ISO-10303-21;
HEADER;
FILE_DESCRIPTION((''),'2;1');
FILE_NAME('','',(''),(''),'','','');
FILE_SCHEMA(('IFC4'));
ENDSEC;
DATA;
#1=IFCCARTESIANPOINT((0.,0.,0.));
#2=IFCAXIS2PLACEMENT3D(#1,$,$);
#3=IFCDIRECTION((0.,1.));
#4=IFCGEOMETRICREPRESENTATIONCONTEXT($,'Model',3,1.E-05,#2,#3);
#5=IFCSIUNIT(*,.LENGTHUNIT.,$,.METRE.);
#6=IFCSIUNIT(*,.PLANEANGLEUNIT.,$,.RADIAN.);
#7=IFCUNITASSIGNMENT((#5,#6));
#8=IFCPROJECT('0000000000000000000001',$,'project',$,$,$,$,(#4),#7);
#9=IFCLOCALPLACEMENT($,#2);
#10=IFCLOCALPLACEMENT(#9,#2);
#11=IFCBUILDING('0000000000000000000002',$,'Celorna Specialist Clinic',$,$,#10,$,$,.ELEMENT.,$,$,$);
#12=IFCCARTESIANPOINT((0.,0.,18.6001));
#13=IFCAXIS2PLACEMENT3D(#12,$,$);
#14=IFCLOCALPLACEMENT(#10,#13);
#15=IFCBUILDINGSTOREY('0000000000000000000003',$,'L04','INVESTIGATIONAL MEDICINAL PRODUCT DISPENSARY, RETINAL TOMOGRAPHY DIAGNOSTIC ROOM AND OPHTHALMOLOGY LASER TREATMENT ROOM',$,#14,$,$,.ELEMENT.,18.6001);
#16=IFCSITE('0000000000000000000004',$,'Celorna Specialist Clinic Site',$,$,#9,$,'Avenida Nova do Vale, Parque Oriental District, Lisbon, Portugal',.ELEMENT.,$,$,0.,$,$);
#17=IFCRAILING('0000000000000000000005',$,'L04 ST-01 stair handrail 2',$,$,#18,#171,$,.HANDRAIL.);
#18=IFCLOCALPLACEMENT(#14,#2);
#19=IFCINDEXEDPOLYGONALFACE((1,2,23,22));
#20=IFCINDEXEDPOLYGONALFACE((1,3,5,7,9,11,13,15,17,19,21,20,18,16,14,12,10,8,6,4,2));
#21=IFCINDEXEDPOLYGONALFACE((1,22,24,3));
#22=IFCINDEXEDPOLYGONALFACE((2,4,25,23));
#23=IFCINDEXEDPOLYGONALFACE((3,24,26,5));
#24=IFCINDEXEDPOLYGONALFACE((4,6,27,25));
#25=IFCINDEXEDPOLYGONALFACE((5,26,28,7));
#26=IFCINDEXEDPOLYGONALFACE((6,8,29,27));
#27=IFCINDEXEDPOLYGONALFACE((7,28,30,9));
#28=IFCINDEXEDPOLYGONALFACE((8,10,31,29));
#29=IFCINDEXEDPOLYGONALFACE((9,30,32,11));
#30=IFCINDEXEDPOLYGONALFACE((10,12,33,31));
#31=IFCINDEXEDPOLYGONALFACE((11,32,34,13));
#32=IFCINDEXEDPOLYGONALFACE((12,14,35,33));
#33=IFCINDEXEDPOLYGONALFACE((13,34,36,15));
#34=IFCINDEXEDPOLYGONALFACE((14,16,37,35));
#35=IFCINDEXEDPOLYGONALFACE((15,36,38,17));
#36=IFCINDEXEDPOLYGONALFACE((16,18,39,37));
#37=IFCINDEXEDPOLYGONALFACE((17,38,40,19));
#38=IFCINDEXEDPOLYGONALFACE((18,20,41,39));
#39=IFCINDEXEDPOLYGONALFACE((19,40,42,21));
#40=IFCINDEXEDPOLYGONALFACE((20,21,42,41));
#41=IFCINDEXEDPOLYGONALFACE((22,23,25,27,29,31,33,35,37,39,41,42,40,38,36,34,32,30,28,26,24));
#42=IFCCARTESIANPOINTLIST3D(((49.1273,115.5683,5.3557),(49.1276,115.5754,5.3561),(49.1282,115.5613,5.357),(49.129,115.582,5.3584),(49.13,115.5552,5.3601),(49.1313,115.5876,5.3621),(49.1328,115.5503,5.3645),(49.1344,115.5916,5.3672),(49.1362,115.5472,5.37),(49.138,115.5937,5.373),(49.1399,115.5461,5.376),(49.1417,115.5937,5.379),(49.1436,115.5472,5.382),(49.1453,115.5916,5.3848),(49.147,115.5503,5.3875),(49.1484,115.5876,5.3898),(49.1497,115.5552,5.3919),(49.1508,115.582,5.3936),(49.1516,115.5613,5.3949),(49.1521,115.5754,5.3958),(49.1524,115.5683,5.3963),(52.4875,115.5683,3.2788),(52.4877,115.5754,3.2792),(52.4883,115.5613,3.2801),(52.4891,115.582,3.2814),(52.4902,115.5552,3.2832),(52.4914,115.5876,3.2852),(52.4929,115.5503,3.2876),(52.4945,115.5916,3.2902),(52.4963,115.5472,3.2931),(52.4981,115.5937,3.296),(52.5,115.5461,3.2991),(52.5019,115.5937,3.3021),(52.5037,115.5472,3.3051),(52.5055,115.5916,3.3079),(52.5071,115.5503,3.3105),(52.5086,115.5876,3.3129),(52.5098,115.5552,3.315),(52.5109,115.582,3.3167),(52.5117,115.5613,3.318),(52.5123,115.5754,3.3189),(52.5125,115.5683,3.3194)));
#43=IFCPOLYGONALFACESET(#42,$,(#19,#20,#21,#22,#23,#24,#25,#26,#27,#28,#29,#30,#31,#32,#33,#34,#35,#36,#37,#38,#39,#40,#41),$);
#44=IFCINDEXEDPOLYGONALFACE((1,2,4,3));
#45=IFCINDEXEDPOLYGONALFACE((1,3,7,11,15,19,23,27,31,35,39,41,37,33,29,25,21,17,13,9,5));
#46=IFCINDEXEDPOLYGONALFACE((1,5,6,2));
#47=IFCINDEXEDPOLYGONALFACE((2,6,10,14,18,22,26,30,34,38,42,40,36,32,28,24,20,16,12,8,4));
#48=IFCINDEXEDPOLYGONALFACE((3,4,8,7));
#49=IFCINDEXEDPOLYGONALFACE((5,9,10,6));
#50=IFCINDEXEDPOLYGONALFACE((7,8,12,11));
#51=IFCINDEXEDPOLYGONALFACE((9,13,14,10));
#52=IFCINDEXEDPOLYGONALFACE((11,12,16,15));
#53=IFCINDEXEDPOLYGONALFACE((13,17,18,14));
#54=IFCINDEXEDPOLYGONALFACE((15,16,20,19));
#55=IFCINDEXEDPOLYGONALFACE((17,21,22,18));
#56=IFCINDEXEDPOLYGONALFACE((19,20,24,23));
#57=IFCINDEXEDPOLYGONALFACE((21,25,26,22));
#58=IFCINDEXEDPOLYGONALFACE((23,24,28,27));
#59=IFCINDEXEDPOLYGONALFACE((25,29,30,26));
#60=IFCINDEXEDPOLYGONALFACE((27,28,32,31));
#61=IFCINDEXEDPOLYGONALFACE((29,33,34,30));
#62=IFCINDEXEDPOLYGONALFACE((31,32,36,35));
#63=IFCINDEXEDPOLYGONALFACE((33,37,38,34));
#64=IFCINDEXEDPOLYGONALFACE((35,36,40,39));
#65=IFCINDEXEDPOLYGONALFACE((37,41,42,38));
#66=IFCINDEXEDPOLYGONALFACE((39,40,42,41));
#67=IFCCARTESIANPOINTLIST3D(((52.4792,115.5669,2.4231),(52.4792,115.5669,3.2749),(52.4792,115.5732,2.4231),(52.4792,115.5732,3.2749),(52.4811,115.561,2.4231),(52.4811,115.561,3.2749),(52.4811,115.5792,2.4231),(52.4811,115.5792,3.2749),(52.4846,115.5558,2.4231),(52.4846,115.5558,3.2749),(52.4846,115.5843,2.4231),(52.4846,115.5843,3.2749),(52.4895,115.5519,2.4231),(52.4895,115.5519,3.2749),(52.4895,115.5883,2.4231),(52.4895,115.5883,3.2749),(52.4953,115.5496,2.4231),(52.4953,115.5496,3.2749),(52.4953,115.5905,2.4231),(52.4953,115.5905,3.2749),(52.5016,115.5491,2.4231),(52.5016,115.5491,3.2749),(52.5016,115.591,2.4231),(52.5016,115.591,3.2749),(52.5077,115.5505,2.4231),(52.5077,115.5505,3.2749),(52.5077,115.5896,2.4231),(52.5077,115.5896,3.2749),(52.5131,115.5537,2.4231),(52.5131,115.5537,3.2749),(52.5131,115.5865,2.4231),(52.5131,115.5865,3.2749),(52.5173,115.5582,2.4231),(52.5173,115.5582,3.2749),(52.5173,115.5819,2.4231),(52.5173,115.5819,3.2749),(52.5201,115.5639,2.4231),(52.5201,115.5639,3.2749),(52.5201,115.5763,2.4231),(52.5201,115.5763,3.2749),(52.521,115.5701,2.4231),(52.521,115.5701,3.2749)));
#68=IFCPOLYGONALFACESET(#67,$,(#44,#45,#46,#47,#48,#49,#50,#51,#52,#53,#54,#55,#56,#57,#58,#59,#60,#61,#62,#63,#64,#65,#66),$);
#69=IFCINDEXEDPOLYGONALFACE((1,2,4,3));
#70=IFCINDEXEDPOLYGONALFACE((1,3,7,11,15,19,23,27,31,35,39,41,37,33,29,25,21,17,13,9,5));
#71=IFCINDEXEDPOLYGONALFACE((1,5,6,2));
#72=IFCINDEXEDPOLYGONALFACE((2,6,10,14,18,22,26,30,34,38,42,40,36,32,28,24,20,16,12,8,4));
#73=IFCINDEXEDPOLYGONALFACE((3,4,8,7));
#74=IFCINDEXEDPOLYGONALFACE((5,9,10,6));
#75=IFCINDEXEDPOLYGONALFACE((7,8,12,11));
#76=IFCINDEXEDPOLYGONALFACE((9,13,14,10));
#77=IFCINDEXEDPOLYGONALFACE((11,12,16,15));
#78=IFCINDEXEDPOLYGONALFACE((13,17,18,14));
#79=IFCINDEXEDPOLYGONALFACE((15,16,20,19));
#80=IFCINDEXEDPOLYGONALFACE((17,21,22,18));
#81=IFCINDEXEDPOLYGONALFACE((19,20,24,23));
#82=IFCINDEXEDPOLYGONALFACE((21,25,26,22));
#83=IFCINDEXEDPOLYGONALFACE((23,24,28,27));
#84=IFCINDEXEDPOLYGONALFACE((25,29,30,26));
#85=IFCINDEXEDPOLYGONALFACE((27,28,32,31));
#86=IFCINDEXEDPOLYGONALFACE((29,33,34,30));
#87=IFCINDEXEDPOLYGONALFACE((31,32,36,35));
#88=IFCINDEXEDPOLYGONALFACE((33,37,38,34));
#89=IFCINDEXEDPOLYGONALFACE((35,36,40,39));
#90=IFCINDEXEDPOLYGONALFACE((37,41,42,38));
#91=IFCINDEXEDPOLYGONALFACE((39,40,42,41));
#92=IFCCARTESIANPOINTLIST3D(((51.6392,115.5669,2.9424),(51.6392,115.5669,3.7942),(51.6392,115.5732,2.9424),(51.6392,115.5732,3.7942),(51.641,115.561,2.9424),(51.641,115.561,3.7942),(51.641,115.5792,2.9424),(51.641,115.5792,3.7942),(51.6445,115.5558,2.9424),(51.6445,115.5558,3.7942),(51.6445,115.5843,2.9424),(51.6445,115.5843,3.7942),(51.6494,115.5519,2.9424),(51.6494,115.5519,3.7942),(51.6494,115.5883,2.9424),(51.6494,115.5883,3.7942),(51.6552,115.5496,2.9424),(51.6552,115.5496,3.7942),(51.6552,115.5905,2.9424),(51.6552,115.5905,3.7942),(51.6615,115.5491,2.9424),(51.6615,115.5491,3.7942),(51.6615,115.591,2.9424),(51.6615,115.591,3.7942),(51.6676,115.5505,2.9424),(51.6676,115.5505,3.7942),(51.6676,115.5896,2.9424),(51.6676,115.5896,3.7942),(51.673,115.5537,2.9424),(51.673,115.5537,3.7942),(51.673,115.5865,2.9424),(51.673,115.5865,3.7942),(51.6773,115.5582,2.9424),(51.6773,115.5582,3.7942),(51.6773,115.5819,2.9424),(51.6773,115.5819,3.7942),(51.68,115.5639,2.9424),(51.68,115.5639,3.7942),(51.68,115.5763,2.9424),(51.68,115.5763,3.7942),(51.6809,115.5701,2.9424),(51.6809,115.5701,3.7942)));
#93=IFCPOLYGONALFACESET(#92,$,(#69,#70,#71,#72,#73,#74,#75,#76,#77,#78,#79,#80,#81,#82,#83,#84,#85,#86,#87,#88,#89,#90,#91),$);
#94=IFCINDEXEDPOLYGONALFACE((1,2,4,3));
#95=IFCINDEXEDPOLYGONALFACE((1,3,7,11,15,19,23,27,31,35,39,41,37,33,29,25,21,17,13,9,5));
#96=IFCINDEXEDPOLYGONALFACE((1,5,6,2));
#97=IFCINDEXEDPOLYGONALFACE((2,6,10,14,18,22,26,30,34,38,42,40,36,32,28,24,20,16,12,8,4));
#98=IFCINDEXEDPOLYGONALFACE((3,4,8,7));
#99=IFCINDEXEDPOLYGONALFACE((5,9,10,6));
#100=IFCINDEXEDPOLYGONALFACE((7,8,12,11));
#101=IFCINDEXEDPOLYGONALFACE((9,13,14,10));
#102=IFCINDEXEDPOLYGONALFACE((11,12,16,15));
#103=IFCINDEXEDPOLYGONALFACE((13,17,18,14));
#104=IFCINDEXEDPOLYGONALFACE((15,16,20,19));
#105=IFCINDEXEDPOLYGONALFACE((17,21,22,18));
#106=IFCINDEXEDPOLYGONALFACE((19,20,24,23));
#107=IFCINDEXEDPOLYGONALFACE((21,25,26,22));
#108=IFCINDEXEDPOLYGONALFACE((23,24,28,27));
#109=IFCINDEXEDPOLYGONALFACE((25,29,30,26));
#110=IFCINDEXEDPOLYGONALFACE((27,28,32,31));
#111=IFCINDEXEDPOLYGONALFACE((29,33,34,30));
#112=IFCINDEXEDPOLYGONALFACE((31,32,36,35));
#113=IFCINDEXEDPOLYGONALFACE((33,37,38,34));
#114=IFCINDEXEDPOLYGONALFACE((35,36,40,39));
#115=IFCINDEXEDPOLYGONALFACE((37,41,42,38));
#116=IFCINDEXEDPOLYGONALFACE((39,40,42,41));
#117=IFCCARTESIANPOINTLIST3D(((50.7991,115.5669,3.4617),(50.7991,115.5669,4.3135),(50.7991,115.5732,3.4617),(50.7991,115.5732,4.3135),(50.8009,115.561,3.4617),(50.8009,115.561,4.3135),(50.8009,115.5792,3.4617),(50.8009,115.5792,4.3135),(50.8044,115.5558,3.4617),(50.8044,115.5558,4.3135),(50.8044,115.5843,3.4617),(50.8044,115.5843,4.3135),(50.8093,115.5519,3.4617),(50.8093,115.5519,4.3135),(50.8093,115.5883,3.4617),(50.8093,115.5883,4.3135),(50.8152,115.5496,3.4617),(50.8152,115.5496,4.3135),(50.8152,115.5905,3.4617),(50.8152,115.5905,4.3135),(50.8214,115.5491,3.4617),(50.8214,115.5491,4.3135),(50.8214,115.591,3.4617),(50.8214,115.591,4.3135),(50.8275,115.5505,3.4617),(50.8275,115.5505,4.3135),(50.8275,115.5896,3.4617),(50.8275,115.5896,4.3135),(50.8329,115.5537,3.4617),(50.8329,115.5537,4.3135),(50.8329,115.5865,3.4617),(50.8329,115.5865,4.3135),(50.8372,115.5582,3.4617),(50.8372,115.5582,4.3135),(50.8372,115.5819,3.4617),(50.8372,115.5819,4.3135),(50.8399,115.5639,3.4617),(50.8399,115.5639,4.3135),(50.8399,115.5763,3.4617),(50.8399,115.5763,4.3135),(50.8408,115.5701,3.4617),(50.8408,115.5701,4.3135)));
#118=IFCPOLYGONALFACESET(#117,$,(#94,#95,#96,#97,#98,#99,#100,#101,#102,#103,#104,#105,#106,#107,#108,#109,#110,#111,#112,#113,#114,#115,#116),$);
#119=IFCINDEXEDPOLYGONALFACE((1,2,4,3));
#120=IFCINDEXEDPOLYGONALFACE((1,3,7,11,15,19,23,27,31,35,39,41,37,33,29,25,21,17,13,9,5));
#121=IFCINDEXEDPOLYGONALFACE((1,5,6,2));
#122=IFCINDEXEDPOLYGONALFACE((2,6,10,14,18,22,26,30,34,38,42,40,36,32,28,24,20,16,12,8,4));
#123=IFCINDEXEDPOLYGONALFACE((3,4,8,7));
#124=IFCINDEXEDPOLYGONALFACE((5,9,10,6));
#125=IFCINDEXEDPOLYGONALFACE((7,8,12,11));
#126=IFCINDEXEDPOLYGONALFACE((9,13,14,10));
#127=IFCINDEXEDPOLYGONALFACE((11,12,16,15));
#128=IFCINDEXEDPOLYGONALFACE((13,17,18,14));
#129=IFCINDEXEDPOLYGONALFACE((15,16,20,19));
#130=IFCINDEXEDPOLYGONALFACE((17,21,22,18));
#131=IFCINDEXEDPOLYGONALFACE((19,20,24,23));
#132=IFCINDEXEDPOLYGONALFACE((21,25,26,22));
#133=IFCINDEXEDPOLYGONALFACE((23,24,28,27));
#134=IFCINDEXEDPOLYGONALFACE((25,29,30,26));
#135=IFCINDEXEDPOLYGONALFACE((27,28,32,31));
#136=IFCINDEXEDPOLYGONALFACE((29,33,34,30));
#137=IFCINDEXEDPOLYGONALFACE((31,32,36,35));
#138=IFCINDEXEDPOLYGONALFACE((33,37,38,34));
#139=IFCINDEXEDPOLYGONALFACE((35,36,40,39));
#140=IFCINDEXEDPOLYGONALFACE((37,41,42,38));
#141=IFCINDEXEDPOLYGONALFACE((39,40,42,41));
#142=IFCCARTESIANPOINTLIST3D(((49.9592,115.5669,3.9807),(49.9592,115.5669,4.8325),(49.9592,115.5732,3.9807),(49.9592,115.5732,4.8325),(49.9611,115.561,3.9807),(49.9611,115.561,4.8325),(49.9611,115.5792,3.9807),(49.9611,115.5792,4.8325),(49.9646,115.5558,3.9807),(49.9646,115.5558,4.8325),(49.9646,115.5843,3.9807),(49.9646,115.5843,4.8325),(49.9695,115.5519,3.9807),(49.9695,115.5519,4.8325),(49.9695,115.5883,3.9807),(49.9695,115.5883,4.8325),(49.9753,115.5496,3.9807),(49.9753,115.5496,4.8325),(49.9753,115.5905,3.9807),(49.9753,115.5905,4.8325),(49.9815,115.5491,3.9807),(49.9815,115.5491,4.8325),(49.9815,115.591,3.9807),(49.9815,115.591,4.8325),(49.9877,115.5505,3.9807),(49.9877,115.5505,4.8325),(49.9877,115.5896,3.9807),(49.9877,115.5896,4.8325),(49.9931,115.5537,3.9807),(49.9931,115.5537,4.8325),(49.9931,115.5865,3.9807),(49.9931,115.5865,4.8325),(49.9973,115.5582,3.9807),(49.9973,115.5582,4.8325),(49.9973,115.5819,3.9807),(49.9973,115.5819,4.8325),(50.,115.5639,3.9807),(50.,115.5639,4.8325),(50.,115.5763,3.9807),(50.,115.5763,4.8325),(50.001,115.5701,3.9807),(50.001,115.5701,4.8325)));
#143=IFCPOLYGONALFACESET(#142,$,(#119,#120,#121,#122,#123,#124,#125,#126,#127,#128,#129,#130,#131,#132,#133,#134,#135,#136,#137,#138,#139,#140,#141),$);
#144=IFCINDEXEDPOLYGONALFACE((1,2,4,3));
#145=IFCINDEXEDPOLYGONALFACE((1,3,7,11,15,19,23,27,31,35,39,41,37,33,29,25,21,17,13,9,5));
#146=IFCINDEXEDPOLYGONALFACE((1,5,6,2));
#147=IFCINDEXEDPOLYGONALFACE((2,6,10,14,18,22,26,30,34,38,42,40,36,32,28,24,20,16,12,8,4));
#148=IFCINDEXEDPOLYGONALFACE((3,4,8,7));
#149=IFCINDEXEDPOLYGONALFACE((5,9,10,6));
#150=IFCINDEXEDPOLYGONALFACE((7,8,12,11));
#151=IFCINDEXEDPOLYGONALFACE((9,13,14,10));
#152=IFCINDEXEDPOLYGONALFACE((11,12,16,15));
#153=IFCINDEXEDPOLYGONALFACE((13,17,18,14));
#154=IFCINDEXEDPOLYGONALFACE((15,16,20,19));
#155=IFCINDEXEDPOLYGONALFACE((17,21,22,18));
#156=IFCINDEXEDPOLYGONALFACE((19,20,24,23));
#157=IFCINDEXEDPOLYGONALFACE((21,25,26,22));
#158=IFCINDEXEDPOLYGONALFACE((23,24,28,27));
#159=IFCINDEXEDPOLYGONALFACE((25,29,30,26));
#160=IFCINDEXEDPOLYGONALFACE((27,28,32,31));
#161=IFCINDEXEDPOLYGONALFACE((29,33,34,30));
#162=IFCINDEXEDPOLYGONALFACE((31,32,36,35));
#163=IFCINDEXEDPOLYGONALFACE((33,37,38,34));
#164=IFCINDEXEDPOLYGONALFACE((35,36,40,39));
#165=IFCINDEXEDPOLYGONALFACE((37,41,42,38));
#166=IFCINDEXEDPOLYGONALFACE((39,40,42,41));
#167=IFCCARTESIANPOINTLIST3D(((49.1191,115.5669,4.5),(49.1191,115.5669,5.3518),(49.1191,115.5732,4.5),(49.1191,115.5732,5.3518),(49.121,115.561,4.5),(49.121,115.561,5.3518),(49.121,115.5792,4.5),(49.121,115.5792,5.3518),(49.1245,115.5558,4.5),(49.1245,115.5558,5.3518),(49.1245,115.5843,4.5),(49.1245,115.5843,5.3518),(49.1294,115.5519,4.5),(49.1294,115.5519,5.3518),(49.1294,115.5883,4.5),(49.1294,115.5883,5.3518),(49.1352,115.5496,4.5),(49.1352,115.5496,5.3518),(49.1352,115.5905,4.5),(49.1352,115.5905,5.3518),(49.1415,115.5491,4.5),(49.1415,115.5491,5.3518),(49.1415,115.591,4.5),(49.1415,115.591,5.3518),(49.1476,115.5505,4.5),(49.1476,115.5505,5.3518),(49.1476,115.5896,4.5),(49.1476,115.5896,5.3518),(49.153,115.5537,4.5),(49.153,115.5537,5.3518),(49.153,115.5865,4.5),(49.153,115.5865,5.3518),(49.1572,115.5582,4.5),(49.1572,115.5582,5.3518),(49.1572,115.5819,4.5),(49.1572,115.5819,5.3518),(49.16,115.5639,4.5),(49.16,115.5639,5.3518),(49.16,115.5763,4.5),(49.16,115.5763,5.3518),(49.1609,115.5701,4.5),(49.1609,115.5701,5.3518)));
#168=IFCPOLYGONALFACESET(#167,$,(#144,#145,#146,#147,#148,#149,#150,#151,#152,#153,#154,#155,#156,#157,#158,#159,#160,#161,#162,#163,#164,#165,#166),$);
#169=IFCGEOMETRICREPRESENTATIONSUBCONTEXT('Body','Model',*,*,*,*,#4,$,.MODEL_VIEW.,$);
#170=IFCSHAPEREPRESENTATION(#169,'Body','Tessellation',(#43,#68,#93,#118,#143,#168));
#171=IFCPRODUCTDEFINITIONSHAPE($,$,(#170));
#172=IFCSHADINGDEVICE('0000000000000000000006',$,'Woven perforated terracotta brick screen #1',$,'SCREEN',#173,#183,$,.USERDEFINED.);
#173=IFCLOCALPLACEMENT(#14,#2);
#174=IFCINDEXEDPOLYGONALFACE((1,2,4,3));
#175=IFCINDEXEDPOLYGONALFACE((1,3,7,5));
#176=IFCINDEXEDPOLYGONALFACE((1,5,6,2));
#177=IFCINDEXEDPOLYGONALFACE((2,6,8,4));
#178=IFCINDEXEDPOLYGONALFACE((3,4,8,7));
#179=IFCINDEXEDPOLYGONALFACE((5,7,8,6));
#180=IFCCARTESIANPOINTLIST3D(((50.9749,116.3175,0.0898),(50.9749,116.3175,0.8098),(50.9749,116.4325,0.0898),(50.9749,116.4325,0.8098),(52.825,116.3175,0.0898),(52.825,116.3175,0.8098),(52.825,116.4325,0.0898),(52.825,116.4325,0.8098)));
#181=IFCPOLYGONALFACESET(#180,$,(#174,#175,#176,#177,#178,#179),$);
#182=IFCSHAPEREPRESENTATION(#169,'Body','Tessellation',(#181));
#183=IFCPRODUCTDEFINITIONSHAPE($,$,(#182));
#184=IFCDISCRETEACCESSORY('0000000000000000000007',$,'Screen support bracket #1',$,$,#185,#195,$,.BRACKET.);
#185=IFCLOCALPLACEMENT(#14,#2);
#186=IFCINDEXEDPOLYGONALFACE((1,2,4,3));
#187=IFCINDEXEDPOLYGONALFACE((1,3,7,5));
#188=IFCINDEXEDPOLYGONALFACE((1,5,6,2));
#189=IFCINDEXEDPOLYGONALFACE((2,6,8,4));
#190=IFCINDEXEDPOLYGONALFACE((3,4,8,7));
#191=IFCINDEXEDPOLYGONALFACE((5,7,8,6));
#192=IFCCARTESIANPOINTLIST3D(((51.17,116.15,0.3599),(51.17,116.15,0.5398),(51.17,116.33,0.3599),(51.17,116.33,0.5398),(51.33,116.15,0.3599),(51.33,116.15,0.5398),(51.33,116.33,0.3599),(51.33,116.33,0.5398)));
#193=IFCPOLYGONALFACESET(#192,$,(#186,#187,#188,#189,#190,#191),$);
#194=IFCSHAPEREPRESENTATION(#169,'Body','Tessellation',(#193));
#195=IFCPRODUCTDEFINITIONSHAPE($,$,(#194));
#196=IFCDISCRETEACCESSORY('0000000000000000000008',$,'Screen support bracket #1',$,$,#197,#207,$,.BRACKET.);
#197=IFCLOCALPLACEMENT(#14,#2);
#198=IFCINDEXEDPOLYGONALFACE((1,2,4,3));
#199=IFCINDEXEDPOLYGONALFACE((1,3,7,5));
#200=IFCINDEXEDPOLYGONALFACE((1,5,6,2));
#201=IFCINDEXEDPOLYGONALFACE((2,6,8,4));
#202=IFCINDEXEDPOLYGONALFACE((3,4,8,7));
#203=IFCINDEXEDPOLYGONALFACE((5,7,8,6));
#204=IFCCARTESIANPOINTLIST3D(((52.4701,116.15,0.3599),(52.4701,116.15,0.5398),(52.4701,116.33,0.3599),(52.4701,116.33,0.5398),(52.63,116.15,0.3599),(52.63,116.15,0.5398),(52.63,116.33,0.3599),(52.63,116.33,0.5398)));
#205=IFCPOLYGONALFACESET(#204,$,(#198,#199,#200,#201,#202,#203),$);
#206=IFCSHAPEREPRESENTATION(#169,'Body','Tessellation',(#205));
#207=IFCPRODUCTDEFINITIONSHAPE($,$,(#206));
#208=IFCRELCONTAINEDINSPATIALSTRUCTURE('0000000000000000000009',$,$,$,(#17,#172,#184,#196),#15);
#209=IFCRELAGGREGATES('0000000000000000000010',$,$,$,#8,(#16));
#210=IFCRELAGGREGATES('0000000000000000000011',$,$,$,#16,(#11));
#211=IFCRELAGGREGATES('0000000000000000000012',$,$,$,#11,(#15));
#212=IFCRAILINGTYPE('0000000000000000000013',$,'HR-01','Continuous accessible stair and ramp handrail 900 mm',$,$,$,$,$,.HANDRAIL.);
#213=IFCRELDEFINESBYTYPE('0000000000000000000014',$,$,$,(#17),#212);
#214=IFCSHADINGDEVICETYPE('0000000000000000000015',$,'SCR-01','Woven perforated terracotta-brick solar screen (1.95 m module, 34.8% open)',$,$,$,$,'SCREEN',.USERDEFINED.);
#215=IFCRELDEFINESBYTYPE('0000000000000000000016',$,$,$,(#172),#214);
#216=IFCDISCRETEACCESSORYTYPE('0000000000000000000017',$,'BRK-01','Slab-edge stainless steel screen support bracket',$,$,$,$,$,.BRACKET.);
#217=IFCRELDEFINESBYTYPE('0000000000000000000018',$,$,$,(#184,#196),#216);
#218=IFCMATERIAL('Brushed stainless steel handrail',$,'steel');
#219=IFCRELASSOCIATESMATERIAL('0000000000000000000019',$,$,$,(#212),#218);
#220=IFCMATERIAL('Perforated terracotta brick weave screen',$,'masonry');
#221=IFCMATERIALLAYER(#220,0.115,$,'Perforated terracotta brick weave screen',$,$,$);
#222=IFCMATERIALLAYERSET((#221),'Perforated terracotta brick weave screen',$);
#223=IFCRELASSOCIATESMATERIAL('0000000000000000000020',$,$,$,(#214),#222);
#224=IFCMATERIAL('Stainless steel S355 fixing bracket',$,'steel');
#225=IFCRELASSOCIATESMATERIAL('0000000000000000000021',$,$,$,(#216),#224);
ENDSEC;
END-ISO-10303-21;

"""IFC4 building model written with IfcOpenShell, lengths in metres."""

from ifc_helpers import new_model, si_unit, direction, frame, origin, origin_2d, place, context, subcontext, project, spatial, rectangle, circle, extrude, material, layer, layer_set, type_object, element, save


model = new_model("IFC4")

# Units and contexts
model_context = context("Model", 3, precision=1e-05, world=origin(), true_north=direction((0.0, 1.0)))
body_context = subcontext(model_context, "Body", "Model", "MODEL_VIEW")
ifc_project = project(units=[si_unit("LENGTHUNIT", "METRE"), si_unit("PLANEANGLEUNIT", "RADIAN")], contexts=[model_context])

# Site, building, storey
site_placement = place(None, origin())
site = spatial("IfcSite", under=ifc_project, at=site_placement, Name="Celorna Specialist Clinic Site", LongName="Avenida Nova do Vale, Parque Oriental District, Lisbon, Portugal", CompositionType="ELEMENT", RefElevation=0.0)
building_placement = place(site_placement, origin())
building = spatial("IfcBuilding", under=site, at=building_placement, Name="Celorna Specialist Clinic", CompositionType="ELEMENT")
storey_placement = place(building_placement, frame((0.0, 0.0, 18.6001)))
storey = spatial("IfcBuildingStorey", under=building, at=storey_placement, Name="L04", Description="INVESTIGATIONAL MEDICINAL PRODUCT DISPENSARY, RETINAL TOMOGRAPHY DIAGNOSTIC ROOM AND OPHTHALMOLOGY LASER TREATMENT ROOM", CompositionType="ELEMENT", Elevation=18.6001)

# Railing
ifc_material_1 = material(Name="Brushed stainless steel handrail", Category="steel")
railing_type_1 = type_object("IfcRailingType", Name="HR-01", Description="Continuous accessible stair and ramp handrail 900 mm", PredefinedType="HANDRAIL", material=ifc_material_1)
railing_1_placement = place(storey_placement, frame((52.5, 115.5701, 2.4231)))
element("IfcRailing", 1, at=railing_1_placement, inside=storey, type_object=railing_type_1, Name="L04 ST-01 stair handrail 2", PredefinedType="HANDRAIL", context=body_context, shape_type="SweptSolid", body=[
    extrude(circle(Radius=0.0239, at=origin_2d()), frame((0.0, 0.0, 0.876), z_axis=(-0.850623, 0.0, 0.525776), x_axis=(0.0, -1.0, 0.0)), (0.0, 0.0, 1.0), 3.9502),
    extrude(circle(Radius=0.021, at=origin_2d()), origin(), (0.0, 0.0, 1.0), 0.8518),
    extrude(circle(Radius=0.021, at=origin_2d()), frame((-0.8401, 0.0, 0.5193)), (0.0, 0.0, 1.0), 0.8518),
    extrude(circle(Radius=0.021, at=origin_2d()), frame((-1.6802, 0.0, 1.0386)), (0.0, 0.0, 1.0), 0.8518),
    extrude(circle(Radius=0.021, at=origin_2d()), frame((-2.52, 0.0, 1.5576)), (0.0, 0.0, 1.0), 0.8518),
    extrude(circle(Radius=0.021, at=origin_2d()), frame((-3.3601, 0.0, 2.0769)), (0.0, 0.0, 1.0), 0.8518),
])

# Shading device
ifc_material_2 = material(Name="Perforated terracotta brick weave screen", Category="masonry")
ifc_layer_1 = layer(ifc_material_2, 0.115, Name="Perforated terracotta brick weave screen")
ifc_layer_set_1 = layer_set([ifc_layer_1], Name="Perforated terracotta brick weave screen")
shading_device_type = type_object("IfcShadingDeviceType", Name="SCR-01", Description="Woven perforated terracotta-brick solar screen (1.95 m module, 34.8% open)", ElementType="SCREEN", PredefinedType="USERDEFINED", material=ifc_layer_set_1)
shading_device_placement = place(storey_placement, frame((51.8999, 116.375, 0.0898), z_axis=(0.0, 0.0, 1.0), x_axis=(1.0, 0.0, 0.0)))
element("IfcShadingDevice", 2, at=shading_device_placement, inside=storey, type_object=shading_device_type, Name="Woven perforated terracotta brick screen #1", ObjectType="SCREEN", PredefinedType="USERDEFINED", context=body_context, shape_type="SweptSolid", body=[
    extrude(rectangle(XDim=1.8501, YDim=0.115, at=origin_2d()), origin(), (0.0, 0.0, 1.0), 0.72),
])

# Discrete accessories
ifc_material_3 = material(Name="Stainless steel S355 fixing bracket", Category="steel")
discrete_accessory_type = type_object("IfcDiscreteAccessoryType", Name="BRK-01", Description="Slab-edge stainless steel screen support bracket", PredefinedType="BRACKET", material=ifc_material_3)
for number, where, z_axis, x_axis, name in (
    (3, (51.25, 116.24, 0.3599), (0.0, 0.0, 1.0), (1.0, 0.0, 0.0), "Screen support bracket #1"),
    (4, (52.55, 116.24, 0.3599), (0.0, 0.0, 1.0), (1.0, 0.0, 0.0), "Screen support bracket #1"),
):
    element("IfcDiscreteAccessory", number, at=place(storey_placement, frame(where, z_axis=z_axis, x_axis=x_axis)), inside=storey, type_object=discrete_accessory_type, Name=name, PredefinedType="BRACKET", context=body_context, shape_type="SweptSolid", body=[
        extrude(rectangle(XDim=0.1599, YDim=0.1799, at=origin_2d()), origin(), (0.0, 0.0, 1.0), 0.1799),
    ])

save(model, "model.ifc")
